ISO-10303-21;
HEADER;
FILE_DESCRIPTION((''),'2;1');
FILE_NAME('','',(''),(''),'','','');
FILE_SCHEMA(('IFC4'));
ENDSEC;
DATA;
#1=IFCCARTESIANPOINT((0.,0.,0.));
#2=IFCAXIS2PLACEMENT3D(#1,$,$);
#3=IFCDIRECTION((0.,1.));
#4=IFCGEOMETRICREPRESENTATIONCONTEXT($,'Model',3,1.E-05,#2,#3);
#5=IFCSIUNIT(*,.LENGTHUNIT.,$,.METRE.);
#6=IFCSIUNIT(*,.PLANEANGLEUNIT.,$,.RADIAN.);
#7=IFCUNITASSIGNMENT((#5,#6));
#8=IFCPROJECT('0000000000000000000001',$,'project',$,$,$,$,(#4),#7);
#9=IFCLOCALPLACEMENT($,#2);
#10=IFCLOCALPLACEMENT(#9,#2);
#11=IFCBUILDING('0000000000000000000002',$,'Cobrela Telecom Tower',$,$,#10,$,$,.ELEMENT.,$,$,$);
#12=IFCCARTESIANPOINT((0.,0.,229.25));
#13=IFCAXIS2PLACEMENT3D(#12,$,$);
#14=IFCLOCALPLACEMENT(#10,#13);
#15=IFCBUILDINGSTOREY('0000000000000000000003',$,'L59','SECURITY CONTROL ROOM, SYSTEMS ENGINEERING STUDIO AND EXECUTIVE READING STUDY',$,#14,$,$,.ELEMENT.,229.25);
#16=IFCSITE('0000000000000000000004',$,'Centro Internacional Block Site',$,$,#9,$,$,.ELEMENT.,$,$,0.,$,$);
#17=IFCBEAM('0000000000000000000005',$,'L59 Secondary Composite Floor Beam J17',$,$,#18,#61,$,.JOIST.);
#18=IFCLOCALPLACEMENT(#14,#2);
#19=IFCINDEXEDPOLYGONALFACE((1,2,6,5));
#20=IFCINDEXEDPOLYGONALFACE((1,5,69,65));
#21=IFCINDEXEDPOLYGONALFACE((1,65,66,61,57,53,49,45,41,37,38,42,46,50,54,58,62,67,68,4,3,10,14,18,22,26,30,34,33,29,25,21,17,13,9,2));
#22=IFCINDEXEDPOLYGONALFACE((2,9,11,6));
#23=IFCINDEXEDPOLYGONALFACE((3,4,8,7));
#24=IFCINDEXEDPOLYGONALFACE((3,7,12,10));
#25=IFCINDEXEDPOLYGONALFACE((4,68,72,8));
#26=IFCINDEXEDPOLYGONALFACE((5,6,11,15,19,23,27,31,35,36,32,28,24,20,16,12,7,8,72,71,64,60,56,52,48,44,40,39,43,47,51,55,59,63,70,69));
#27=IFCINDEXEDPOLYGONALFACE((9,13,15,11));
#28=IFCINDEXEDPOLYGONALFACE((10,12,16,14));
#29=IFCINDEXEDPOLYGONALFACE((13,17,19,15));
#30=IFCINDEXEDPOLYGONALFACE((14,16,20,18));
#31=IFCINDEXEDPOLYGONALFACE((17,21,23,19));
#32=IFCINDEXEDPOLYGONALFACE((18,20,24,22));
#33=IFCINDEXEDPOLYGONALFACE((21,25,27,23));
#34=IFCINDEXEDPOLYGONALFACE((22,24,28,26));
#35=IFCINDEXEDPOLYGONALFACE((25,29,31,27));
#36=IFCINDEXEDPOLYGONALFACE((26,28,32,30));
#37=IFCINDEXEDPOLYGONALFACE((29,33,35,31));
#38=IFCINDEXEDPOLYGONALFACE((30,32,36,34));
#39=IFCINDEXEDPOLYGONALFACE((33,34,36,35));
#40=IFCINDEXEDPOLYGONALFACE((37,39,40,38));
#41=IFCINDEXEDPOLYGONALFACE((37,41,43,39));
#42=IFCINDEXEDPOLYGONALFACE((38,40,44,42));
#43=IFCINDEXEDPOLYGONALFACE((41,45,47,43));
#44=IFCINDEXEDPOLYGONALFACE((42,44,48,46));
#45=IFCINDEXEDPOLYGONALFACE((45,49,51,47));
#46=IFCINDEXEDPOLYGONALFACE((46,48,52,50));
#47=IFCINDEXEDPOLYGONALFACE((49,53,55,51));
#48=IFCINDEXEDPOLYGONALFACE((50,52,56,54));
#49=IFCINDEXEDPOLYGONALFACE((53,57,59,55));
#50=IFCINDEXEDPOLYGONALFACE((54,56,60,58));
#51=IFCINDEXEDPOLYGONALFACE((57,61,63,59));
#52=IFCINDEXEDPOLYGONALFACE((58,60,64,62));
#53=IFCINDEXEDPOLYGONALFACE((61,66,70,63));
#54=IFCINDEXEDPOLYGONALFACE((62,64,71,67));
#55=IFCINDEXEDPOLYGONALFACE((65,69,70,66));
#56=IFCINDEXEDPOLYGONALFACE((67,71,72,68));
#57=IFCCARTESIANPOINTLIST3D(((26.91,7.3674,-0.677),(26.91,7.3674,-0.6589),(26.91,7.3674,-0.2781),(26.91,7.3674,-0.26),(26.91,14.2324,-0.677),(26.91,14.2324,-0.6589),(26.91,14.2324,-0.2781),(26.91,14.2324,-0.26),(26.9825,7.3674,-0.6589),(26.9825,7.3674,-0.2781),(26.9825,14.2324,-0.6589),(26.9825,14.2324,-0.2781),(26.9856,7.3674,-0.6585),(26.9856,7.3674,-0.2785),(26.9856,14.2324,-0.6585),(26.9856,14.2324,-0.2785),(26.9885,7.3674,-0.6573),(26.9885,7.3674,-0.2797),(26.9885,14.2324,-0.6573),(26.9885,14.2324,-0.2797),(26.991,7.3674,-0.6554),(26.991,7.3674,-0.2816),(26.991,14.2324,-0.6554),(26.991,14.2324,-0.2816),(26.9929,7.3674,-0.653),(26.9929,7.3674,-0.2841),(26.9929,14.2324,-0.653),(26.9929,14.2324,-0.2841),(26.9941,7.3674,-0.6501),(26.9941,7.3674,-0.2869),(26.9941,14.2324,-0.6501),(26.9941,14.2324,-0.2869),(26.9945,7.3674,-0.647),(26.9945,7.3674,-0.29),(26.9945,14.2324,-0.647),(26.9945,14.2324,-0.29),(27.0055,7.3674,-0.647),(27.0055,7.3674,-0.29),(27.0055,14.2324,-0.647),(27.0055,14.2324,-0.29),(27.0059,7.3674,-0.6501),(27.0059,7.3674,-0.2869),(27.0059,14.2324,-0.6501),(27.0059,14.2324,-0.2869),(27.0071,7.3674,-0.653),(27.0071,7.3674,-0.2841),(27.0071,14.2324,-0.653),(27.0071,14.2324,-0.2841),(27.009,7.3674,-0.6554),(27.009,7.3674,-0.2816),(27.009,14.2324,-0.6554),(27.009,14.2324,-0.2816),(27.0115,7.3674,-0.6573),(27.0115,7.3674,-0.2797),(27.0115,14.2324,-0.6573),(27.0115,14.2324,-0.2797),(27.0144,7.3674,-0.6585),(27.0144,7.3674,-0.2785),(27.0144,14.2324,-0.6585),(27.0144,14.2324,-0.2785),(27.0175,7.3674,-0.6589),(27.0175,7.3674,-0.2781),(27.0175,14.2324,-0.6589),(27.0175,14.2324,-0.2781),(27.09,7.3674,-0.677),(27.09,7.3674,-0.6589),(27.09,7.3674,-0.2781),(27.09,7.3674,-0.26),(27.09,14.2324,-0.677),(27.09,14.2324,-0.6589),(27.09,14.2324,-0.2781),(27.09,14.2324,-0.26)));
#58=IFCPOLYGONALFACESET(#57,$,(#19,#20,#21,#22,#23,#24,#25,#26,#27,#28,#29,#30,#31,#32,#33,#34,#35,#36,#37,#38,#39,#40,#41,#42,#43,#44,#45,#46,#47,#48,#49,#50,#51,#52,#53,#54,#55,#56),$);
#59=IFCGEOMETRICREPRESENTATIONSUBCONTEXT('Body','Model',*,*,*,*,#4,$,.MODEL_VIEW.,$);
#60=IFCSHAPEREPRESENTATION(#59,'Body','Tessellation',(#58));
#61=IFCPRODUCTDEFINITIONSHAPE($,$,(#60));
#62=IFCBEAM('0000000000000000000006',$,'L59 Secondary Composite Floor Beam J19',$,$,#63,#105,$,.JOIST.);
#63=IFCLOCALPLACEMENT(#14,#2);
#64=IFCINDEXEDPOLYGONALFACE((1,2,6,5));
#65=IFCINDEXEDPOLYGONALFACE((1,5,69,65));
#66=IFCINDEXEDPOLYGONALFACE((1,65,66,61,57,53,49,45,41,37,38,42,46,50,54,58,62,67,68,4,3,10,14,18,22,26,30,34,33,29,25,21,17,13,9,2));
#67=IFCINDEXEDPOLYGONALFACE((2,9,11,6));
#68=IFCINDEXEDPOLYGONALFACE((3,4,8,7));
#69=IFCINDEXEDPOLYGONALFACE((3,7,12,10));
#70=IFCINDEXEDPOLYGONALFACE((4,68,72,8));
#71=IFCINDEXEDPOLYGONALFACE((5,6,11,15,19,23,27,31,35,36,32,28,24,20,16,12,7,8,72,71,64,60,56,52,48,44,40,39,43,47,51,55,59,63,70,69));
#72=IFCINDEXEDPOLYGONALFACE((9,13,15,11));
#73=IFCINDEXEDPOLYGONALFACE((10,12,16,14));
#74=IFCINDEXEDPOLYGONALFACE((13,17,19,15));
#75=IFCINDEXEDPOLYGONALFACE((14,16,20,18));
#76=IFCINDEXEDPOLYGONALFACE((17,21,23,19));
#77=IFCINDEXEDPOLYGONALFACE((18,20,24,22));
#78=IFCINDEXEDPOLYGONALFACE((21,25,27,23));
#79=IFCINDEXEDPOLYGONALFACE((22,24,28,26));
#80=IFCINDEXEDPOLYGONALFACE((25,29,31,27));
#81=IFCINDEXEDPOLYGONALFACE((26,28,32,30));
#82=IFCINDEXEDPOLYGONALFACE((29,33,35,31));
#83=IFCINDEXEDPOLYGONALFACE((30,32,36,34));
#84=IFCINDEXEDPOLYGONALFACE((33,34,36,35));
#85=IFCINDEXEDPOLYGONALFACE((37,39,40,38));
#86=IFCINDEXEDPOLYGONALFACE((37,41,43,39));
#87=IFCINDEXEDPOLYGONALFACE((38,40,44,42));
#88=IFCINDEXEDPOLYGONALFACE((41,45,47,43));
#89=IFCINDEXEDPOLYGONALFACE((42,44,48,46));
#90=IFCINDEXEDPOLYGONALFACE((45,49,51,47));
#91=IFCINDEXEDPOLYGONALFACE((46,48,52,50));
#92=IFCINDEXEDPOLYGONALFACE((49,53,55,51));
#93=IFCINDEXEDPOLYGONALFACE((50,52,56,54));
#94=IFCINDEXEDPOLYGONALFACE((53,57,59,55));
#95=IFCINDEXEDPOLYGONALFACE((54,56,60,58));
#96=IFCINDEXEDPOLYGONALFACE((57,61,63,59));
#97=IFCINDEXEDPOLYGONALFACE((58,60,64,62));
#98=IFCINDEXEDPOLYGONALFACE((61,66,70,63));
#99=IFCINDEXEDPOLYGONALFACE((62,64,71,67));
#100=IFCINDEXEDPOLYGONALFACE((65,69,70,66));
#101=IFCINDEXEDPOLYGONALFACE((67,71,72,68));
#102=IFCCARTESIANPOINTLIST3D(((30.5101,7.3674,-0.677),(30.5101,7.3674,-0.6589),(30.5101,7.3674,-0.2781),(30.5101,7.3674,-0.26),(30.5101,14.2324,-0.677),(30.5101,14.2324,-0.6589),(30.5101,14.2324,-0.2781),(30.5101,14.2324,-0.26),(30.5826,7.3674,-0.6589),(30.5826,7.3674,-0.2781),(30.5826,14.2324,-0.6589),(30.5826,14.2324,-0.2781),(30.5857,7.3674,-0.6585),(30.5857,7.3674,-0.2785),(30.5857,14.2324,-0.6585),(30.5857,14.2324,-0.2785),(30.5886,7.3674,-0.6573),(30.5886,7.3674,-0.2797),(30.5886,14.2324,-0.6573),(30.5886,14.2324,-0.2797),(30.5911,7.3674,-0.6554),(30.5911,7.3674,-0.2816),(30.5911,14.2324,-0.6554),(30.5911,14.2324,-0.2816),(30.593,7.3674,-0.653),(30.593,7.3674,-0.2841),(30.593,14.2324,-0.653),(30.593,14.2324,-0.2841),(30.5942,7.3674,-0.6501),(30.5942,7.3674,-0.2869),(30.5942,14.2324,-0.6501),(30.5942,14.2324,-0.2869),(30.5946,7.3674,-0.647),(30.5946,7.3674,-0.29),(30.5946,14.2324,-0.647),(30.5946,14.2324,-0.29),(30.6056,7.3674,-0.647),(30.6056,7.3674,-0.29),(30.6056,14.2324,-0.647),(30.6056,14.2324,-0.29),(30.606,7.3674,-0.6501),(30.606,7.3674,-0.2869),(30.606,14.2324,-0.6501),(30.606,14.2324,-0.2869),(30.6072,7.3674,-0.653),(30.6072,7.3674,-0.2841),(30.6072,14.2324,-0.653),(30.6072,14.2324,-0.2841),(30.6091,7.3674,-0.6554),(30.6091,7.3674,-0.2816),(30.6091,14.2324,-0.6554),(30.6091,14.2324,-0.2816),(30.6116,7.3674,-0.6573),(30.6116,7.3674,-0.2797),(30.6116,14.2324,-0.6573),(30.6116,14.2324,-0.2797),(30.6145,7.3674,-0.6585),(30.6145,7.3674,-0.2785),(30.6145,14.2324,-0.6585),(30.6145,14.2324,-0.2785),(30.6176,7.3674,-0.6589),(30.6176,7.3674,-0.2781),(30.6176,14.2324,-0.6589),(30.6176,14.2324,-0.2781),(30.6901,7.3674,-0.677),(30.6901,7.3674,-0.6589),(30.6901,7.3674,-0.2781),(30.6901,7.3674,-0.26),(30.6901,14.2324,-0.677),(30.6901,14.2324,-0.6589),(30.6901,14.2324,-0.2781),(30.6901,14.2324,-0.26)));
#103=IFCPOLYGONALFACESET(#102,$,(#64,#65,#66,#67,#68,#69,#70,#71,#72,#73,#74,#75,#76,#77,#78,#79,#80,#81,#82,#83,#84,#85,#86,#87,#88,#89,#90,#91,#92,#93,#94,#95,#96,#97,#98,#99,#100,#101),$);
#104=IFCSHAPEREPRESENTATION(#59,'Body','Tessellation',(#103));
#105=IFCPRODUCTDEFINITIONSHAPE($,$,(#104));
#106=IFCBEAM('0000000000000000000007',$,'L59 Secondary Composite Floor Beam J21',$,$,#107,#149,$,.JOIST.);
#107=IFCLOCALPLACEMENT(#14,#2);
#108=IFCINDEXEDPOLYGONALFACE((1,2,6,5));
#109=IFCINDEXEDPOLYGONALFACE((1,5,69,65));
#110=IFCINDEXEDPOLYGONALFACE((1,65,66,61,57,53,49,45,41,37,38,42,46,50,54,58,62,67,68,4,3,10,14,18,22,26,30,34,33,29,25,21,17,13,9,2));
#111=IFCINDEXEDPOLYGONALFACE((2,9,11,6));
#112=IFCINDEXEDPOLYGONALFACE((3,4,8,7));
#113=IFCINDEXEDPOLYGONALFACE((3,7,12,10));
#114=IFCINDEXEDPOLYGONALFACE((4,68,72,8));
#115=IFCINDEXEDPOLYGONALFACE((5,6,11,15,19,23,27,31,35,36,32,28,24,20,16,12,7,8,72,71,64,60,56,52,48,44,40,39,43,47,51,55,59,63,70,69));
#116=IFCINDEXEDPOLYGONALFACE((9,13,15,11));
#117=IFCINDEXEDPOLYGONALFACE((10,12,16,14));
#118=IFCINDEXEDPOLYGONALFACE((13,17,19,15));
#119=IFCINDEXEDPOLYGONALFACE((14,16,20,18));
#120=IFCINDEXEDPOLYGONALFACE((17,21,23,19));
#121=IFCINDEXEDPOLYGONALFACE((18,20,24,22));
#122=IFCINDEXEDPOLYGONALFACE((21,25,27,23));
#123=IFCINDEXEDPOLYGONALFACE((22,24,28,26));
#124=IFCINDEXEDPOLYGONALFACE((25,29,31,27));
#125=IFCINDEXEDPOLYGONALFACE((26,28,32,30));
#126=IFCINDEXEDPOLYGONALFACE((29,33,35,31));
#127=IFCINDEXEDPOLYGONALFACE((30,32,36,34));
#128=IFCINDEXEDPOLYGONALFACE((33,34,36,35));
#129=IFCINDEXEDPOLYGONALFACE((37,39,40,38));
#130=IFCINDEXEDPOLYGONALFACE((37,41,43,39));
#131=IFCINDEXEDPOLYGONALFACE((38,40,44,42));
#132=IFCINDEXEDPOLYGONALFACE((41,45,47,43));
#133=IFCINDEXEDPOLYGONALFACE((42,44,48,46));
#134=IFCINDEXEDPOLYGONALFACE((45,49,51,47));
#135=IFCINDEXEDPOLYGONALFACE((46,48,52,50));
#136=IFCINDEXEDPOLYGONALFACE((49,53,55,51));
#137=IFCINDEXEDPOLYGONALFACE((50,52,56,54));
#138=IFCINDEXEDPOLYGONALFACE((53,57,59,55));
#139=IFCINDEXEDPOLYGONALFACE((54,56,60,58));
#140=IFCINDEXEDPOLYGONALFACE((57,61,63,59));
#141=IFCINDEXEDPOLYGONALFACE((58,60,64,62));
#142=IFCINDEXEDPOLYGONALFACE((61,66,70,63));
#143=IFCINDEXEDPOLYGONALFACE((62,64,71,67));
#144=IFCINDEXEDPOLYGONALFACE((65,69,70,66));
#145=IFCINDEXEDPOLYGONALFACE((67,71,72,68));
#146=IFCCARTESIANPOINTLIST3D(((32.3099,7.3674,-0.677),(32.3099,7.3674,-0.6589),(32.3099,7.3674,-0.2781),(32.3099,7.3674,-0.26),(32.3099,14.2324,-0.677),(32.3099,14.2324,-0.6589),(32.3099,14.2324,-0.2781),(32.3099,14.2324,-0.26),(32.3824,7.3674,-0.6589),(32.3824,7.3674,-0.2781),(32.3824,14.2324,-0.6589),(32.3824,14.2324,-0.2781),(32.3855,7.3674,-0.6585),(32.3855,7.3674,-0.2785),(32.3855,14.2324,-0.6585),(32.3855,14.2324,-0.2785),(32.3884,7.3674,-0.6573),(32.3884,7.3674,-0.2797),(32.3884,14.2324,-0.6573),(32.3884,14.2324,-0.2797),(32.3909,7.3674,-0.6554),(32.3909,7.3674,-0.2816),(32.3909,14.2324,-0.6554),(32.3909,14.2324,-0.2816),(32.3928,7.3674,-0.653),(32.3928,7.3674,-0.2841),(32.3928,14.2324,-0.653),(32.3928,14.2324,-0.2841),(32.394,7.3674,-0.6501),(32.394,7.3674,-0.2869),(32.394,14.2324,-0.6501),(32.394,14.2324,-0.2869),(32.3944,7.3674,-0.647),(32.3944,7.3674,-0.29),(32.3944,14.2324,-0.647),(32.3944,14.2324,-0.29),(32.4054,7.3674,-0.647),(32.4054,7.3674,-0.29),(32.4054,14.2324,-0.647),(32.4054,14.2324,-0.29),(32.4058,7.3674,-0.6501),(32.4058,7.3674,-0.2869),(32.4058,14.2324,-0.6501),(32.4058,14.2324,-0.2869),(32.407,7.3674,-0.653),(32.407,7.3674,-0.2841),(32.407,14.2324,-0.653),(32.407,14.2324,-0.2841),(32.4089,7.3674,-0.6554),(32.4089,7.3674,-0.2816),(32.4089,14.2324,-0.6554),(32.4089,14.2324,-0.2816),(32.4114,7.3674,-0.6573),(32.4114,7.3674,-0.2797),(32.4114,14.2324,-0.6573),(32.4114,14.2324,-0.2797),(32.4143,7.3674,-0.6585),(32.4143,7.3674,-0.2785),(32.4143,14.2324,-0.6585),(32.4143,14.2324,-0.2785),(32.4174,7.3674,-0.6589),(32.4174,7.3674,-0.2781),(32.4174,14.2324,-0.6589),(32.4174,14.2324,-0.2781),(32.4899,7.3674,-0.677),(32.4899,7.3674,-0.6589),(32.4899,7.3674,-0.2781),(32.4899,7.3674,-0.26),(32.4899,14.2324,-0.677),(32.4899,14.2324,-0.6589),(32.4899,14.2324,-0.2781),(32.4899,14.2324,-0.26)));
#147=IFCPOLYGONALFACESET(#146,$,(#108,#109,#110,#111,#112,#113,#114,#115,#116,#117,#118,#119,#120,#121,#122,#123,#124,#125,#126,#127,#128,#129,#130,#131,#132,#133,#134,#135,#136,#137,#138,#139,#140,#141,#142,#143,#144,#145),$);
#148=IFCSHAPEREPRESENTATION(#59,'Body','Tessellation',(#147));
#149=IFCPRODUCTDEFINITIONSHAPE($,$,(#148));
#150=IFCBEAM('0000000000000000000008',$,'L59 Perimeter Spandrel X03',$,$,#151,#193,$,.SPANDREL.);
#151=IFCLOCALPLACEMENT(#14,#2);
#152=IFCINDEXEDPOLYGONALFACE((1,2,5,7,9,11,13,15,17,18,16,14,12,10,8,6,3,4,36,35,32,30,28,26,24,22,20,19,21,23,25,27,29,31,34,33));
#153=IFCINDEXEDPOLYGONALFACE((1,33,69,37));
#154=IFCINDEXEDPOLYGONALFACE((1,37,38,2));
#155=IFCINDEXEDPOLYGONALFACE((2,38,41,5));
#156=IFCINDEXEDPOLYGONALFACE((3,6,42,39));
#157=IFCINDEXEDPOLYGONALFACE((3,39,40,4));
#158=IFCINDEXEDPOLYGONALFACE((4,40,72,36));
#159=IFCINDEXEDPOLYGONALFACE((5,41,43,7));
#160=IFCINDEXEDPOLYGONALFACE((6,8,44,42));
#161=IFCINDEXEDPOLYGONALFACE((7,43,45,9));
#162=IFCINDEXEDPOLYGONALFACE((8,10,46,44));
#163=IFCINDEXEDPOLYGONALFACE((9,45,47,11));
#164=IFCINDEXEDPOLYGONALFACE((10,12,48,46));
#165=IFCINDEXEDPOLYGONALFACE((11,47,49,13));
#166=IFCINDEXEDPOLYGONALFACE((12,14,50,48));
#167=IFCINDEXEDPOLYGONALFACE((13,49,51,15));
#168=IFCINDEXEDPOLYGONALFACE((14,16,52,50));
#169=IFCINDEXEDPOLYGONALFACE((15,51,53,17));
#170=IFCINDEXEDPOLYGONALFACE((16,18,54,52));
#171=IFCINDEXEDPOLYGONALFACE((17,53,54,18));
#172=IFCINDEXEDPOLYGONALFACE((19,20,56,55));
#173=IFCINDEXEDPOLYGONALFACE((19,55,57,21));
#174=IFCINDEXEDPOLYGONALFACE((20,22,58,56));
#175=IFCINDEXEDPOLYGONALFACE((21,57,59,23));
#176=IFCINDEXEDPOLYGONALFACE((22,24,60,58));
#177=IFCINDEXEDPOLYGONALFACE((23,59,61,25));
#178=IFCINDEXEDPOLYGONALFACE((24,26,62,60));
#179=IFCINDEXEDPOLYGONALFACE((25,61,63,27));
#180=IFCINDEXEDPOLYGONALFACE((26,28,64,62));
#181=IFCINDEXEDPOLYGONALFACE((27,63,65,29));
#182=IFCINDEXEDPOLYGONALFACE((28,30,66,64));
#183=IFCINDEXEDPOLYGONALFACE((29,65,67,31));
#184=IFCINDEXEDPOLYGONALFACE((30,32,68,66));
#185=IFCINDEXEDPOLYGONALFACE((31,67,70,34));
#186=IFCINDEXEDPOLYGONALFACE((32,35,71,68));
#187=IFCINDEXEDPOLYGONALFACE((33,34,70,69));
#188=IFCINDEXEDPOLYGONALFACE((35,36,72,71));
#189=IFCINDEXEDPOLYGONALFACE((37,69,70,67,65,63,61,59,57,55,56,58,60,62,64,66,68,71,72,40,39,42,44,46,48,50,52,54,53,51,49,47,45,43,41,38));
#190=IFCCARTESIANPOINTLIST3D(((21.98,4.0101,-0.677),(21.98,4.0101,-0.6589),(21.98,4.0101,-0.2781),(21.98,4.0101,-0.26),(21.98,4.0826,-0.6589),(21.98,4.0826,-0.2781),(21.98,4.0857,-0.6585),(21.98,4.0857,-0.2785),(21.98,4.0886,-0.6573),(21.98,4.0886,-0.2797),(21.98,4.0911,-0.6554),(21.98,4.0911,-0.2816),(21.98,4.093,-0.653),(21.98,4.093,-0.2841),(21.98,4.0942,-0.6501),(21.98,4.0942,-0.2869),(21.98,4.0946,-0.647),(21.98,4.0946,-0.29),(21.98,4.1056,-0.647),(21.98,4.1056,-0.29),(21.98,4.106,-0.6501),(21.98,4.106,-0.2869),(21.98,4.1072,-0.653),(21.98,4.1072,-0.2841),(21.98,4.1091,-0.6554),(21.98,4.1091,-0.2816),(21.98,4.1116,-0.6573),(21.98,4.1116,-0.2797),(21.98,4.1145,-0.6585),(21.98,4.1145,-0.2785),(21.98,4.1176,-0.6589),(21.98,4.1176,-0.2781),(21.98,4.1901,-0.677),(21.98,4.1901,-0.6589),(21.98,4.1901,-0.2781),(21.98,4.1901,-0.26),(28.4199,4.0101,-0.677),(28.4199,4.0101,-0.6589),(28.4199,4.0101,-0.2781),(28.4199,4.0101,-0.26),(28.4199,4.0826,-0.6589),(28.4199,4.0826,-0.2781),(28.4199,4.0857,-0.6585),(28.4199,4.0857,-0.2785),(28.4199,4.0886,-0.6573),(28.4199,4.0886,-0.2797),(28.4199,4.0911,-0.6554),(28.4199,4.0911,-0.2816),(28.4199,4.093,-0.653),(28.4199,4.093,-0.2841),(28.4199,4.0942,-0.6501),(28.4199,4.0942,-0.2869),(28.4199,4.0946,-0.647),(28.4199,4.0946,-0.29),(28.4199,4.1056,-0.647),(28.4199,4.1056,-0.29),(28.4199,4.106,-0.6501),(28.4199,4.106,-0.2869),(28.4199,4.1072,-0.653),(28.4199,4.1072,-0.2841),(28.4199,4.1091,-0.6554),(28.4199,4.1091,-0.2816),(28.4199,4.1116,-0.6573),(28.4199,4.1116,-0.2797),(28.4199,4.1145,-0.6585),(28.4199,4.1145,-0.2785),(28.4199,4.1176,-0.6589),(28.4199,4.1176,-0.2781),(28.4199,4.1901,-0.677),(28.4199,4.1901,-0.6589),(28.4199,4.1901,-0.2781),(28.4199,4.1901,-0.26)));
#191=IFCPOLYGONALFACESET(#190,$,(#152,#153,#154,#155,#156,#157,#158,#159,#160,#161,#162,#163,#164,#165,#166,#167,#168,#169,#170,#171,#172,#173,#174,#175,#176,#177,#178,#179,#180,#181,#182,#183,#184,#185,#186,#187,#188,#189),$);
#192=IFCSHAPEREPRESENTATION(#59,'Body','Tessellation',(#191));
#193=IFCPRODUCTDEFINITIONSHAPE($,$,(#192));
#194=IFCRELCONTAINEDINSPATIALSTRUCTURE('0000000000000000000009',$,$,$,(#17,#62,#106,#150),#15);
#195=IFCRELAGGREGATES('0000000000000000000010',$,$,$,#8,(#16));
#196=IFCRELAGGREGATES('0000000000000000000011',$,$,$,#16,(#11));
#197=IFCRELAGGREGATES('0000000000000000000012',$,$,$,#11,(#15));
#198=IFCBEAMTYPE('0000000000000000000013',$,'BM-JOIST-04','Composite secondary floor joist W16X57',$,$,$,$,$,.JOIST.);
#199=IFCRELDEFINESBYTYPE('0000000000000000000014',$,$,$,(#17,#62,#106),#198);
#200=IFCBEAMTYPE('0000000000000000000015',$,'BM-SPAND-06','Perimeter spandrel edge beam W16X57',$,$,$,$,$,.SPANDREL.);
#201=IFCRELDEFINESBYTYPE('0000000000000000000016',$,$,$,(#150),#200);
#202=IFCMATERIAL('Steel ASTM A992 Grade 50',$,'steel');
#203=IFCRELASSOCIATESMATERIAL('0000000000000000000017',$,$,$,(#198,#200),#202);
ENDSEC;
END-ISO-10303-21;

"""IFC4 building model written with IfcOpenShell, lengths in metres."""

from ifc_helpers import new_model, si_unit, direction, frame, origin, origin_2d, place, context, subcontext, project, spatial, i_section, extrude, material, material_profile, profile_set, type_object, element, save


model = new_model("IFC4")

# Units and contexts
model_context = context("Model", 3, precision=1e-05, world=origin(), true_north=direction((0.0, 1.0)))
body_context = subcontext(model_context, "Body", "Model", "MODEL_VIEW")
ifc_project = project(units=[si_unit("LENGTHUNIT", "METRE"), si_unit("PLANEANGLEUNIT", "RADIAN")], contexts=[model_context])

# Site, building, storey
site_placement = place(None, origin())
site = spatial("IfcSite", under=ifc_project, at=site_placement, Name="Centro Internacional Block Site", CompositionType="ELEMENT", RefElevation=0.0)
building_placement = place(site_placement, origin())
building = spatial("IfcBuilding", under=site, at=building_placement, Name="Cobrela Telecom Tower", CompositionType="ELEMENT")
storey_placement = place(building_placement, frame((0.0, 0.0, 229.25)))
storey = spatial("IfcBuildingStorey", under=building, at=storey_placement, Name="L59", Description="SECURITY CONTROL ROOM, SYSTEMS ENGINEERING STUDIO AND EXECUTIVE READING STUDY", CompositionType="ELEMENT", Elevation=229.25)

# Shared definitions
ifc_material_1 = material(Name="Steel ASTM A992 Grade 50", Category="steel")

# Beams
ifc_material_profile_1 = material_profile(ifc_material_1, i_section(OverallWidth=0.1799, OverallDepth=0.417, WebThickness=0.011, FlangeThickness=0.0181, FilletRadius=0.012, at=origin_2d()), Name="W16X57")
ifc_profile_set_1 = profile_set([ifc_material_profile_1], Name="Steel ASTM A992 Grade 50")
beam_type_1 = type_object("IfcBeamType", Name="BM-JOIST-04", Description="Composite secondary floor joist W16X57", PredefinedType="JOIST", material=ifc_profile_set_1)
for number, where, z_axis, x_axis, name in (
    (1, (27.0, 7.3674, -0.4685), (0.0, 1.0, 0.0), (-1.0, 0.0, 0.0), "L59 Secondary Composite Floor Beam J17"),
    (2, (30.6001, 7.3674, -0.4685), (0.0, 1.0, 0.0), (-1.0, 0.0, 0.0), "L59 Secondary Composite Floor Beam J19"),
    (3, (32.3999, 7.3674, -0.4685), (0.0, 1.0, 0.0), (-1.0, 0.0, 0.0), "L59 Secondary Composite Floor Beam J21"),
):
    element("IfcBeam", number, at=place(storey_placement, frame(where, z_axis=z_axis, x_axis=x_axis)), inside=storey, type_object=beam_type_1, Name=name, PredefinedType="JOIST", context=body_context, shape_type="SweptSolid", body=[
        extrude(i_section(OverallWidth=0.1799, OverallDepth=0.417, WebThickness=0.011, FlangeThickness=0.0181, FilletRadius=0.012, at=origin_2d()), origin(), (0.0, 0.0, 1.0), 6.865),
    ])
ifc_material_profile_2 = material_profile(ifc_material_1, i_section(OverallWidth=0.1799, OverallDepth=0.417, WebThickness=0.011, FlangeThickness=0.0181, FilletRadius=0.012, at=origin_2d()), Name="W16X57")
ifc_profile_set_2 = profile_set([ifc_material_profile_2], Name="Steel ASTM A992 Grade 50")
beam_type_2 = type_object("IfcBeamType", Name="BM-SPAND-06", Description="Perimeter spandrel edge beam W16X57", PredefinedType="SPANDREL", material=ifc_profile_set_2)
beam_1_placement = place(storey_placement, frame((21.98, 4.1001, -0.4685), z_axis=(1.0, 0.0, 0.0), x_axis=(0.0, 1.0, 0.0)))
element("IfcBeam", 4, at=beam_1_placement, inside=storey, type_object=beam_type_2, Name="L59 Perimeter Spandrel X03", PredefinedType="SPANDREL", context=body_context, shape_type="SweptSolid", body=[
    extrude(i_section(OverallWidth=0.1799, OverallDepth=0.417, WebThickness=0.011, FlangeThickness=0.0181, FilletRadius=0.012, at=origin_2d()), origin(), (0.0, 0.0, 1.0), 6.4399),
])

save(model, "model.ifc")
